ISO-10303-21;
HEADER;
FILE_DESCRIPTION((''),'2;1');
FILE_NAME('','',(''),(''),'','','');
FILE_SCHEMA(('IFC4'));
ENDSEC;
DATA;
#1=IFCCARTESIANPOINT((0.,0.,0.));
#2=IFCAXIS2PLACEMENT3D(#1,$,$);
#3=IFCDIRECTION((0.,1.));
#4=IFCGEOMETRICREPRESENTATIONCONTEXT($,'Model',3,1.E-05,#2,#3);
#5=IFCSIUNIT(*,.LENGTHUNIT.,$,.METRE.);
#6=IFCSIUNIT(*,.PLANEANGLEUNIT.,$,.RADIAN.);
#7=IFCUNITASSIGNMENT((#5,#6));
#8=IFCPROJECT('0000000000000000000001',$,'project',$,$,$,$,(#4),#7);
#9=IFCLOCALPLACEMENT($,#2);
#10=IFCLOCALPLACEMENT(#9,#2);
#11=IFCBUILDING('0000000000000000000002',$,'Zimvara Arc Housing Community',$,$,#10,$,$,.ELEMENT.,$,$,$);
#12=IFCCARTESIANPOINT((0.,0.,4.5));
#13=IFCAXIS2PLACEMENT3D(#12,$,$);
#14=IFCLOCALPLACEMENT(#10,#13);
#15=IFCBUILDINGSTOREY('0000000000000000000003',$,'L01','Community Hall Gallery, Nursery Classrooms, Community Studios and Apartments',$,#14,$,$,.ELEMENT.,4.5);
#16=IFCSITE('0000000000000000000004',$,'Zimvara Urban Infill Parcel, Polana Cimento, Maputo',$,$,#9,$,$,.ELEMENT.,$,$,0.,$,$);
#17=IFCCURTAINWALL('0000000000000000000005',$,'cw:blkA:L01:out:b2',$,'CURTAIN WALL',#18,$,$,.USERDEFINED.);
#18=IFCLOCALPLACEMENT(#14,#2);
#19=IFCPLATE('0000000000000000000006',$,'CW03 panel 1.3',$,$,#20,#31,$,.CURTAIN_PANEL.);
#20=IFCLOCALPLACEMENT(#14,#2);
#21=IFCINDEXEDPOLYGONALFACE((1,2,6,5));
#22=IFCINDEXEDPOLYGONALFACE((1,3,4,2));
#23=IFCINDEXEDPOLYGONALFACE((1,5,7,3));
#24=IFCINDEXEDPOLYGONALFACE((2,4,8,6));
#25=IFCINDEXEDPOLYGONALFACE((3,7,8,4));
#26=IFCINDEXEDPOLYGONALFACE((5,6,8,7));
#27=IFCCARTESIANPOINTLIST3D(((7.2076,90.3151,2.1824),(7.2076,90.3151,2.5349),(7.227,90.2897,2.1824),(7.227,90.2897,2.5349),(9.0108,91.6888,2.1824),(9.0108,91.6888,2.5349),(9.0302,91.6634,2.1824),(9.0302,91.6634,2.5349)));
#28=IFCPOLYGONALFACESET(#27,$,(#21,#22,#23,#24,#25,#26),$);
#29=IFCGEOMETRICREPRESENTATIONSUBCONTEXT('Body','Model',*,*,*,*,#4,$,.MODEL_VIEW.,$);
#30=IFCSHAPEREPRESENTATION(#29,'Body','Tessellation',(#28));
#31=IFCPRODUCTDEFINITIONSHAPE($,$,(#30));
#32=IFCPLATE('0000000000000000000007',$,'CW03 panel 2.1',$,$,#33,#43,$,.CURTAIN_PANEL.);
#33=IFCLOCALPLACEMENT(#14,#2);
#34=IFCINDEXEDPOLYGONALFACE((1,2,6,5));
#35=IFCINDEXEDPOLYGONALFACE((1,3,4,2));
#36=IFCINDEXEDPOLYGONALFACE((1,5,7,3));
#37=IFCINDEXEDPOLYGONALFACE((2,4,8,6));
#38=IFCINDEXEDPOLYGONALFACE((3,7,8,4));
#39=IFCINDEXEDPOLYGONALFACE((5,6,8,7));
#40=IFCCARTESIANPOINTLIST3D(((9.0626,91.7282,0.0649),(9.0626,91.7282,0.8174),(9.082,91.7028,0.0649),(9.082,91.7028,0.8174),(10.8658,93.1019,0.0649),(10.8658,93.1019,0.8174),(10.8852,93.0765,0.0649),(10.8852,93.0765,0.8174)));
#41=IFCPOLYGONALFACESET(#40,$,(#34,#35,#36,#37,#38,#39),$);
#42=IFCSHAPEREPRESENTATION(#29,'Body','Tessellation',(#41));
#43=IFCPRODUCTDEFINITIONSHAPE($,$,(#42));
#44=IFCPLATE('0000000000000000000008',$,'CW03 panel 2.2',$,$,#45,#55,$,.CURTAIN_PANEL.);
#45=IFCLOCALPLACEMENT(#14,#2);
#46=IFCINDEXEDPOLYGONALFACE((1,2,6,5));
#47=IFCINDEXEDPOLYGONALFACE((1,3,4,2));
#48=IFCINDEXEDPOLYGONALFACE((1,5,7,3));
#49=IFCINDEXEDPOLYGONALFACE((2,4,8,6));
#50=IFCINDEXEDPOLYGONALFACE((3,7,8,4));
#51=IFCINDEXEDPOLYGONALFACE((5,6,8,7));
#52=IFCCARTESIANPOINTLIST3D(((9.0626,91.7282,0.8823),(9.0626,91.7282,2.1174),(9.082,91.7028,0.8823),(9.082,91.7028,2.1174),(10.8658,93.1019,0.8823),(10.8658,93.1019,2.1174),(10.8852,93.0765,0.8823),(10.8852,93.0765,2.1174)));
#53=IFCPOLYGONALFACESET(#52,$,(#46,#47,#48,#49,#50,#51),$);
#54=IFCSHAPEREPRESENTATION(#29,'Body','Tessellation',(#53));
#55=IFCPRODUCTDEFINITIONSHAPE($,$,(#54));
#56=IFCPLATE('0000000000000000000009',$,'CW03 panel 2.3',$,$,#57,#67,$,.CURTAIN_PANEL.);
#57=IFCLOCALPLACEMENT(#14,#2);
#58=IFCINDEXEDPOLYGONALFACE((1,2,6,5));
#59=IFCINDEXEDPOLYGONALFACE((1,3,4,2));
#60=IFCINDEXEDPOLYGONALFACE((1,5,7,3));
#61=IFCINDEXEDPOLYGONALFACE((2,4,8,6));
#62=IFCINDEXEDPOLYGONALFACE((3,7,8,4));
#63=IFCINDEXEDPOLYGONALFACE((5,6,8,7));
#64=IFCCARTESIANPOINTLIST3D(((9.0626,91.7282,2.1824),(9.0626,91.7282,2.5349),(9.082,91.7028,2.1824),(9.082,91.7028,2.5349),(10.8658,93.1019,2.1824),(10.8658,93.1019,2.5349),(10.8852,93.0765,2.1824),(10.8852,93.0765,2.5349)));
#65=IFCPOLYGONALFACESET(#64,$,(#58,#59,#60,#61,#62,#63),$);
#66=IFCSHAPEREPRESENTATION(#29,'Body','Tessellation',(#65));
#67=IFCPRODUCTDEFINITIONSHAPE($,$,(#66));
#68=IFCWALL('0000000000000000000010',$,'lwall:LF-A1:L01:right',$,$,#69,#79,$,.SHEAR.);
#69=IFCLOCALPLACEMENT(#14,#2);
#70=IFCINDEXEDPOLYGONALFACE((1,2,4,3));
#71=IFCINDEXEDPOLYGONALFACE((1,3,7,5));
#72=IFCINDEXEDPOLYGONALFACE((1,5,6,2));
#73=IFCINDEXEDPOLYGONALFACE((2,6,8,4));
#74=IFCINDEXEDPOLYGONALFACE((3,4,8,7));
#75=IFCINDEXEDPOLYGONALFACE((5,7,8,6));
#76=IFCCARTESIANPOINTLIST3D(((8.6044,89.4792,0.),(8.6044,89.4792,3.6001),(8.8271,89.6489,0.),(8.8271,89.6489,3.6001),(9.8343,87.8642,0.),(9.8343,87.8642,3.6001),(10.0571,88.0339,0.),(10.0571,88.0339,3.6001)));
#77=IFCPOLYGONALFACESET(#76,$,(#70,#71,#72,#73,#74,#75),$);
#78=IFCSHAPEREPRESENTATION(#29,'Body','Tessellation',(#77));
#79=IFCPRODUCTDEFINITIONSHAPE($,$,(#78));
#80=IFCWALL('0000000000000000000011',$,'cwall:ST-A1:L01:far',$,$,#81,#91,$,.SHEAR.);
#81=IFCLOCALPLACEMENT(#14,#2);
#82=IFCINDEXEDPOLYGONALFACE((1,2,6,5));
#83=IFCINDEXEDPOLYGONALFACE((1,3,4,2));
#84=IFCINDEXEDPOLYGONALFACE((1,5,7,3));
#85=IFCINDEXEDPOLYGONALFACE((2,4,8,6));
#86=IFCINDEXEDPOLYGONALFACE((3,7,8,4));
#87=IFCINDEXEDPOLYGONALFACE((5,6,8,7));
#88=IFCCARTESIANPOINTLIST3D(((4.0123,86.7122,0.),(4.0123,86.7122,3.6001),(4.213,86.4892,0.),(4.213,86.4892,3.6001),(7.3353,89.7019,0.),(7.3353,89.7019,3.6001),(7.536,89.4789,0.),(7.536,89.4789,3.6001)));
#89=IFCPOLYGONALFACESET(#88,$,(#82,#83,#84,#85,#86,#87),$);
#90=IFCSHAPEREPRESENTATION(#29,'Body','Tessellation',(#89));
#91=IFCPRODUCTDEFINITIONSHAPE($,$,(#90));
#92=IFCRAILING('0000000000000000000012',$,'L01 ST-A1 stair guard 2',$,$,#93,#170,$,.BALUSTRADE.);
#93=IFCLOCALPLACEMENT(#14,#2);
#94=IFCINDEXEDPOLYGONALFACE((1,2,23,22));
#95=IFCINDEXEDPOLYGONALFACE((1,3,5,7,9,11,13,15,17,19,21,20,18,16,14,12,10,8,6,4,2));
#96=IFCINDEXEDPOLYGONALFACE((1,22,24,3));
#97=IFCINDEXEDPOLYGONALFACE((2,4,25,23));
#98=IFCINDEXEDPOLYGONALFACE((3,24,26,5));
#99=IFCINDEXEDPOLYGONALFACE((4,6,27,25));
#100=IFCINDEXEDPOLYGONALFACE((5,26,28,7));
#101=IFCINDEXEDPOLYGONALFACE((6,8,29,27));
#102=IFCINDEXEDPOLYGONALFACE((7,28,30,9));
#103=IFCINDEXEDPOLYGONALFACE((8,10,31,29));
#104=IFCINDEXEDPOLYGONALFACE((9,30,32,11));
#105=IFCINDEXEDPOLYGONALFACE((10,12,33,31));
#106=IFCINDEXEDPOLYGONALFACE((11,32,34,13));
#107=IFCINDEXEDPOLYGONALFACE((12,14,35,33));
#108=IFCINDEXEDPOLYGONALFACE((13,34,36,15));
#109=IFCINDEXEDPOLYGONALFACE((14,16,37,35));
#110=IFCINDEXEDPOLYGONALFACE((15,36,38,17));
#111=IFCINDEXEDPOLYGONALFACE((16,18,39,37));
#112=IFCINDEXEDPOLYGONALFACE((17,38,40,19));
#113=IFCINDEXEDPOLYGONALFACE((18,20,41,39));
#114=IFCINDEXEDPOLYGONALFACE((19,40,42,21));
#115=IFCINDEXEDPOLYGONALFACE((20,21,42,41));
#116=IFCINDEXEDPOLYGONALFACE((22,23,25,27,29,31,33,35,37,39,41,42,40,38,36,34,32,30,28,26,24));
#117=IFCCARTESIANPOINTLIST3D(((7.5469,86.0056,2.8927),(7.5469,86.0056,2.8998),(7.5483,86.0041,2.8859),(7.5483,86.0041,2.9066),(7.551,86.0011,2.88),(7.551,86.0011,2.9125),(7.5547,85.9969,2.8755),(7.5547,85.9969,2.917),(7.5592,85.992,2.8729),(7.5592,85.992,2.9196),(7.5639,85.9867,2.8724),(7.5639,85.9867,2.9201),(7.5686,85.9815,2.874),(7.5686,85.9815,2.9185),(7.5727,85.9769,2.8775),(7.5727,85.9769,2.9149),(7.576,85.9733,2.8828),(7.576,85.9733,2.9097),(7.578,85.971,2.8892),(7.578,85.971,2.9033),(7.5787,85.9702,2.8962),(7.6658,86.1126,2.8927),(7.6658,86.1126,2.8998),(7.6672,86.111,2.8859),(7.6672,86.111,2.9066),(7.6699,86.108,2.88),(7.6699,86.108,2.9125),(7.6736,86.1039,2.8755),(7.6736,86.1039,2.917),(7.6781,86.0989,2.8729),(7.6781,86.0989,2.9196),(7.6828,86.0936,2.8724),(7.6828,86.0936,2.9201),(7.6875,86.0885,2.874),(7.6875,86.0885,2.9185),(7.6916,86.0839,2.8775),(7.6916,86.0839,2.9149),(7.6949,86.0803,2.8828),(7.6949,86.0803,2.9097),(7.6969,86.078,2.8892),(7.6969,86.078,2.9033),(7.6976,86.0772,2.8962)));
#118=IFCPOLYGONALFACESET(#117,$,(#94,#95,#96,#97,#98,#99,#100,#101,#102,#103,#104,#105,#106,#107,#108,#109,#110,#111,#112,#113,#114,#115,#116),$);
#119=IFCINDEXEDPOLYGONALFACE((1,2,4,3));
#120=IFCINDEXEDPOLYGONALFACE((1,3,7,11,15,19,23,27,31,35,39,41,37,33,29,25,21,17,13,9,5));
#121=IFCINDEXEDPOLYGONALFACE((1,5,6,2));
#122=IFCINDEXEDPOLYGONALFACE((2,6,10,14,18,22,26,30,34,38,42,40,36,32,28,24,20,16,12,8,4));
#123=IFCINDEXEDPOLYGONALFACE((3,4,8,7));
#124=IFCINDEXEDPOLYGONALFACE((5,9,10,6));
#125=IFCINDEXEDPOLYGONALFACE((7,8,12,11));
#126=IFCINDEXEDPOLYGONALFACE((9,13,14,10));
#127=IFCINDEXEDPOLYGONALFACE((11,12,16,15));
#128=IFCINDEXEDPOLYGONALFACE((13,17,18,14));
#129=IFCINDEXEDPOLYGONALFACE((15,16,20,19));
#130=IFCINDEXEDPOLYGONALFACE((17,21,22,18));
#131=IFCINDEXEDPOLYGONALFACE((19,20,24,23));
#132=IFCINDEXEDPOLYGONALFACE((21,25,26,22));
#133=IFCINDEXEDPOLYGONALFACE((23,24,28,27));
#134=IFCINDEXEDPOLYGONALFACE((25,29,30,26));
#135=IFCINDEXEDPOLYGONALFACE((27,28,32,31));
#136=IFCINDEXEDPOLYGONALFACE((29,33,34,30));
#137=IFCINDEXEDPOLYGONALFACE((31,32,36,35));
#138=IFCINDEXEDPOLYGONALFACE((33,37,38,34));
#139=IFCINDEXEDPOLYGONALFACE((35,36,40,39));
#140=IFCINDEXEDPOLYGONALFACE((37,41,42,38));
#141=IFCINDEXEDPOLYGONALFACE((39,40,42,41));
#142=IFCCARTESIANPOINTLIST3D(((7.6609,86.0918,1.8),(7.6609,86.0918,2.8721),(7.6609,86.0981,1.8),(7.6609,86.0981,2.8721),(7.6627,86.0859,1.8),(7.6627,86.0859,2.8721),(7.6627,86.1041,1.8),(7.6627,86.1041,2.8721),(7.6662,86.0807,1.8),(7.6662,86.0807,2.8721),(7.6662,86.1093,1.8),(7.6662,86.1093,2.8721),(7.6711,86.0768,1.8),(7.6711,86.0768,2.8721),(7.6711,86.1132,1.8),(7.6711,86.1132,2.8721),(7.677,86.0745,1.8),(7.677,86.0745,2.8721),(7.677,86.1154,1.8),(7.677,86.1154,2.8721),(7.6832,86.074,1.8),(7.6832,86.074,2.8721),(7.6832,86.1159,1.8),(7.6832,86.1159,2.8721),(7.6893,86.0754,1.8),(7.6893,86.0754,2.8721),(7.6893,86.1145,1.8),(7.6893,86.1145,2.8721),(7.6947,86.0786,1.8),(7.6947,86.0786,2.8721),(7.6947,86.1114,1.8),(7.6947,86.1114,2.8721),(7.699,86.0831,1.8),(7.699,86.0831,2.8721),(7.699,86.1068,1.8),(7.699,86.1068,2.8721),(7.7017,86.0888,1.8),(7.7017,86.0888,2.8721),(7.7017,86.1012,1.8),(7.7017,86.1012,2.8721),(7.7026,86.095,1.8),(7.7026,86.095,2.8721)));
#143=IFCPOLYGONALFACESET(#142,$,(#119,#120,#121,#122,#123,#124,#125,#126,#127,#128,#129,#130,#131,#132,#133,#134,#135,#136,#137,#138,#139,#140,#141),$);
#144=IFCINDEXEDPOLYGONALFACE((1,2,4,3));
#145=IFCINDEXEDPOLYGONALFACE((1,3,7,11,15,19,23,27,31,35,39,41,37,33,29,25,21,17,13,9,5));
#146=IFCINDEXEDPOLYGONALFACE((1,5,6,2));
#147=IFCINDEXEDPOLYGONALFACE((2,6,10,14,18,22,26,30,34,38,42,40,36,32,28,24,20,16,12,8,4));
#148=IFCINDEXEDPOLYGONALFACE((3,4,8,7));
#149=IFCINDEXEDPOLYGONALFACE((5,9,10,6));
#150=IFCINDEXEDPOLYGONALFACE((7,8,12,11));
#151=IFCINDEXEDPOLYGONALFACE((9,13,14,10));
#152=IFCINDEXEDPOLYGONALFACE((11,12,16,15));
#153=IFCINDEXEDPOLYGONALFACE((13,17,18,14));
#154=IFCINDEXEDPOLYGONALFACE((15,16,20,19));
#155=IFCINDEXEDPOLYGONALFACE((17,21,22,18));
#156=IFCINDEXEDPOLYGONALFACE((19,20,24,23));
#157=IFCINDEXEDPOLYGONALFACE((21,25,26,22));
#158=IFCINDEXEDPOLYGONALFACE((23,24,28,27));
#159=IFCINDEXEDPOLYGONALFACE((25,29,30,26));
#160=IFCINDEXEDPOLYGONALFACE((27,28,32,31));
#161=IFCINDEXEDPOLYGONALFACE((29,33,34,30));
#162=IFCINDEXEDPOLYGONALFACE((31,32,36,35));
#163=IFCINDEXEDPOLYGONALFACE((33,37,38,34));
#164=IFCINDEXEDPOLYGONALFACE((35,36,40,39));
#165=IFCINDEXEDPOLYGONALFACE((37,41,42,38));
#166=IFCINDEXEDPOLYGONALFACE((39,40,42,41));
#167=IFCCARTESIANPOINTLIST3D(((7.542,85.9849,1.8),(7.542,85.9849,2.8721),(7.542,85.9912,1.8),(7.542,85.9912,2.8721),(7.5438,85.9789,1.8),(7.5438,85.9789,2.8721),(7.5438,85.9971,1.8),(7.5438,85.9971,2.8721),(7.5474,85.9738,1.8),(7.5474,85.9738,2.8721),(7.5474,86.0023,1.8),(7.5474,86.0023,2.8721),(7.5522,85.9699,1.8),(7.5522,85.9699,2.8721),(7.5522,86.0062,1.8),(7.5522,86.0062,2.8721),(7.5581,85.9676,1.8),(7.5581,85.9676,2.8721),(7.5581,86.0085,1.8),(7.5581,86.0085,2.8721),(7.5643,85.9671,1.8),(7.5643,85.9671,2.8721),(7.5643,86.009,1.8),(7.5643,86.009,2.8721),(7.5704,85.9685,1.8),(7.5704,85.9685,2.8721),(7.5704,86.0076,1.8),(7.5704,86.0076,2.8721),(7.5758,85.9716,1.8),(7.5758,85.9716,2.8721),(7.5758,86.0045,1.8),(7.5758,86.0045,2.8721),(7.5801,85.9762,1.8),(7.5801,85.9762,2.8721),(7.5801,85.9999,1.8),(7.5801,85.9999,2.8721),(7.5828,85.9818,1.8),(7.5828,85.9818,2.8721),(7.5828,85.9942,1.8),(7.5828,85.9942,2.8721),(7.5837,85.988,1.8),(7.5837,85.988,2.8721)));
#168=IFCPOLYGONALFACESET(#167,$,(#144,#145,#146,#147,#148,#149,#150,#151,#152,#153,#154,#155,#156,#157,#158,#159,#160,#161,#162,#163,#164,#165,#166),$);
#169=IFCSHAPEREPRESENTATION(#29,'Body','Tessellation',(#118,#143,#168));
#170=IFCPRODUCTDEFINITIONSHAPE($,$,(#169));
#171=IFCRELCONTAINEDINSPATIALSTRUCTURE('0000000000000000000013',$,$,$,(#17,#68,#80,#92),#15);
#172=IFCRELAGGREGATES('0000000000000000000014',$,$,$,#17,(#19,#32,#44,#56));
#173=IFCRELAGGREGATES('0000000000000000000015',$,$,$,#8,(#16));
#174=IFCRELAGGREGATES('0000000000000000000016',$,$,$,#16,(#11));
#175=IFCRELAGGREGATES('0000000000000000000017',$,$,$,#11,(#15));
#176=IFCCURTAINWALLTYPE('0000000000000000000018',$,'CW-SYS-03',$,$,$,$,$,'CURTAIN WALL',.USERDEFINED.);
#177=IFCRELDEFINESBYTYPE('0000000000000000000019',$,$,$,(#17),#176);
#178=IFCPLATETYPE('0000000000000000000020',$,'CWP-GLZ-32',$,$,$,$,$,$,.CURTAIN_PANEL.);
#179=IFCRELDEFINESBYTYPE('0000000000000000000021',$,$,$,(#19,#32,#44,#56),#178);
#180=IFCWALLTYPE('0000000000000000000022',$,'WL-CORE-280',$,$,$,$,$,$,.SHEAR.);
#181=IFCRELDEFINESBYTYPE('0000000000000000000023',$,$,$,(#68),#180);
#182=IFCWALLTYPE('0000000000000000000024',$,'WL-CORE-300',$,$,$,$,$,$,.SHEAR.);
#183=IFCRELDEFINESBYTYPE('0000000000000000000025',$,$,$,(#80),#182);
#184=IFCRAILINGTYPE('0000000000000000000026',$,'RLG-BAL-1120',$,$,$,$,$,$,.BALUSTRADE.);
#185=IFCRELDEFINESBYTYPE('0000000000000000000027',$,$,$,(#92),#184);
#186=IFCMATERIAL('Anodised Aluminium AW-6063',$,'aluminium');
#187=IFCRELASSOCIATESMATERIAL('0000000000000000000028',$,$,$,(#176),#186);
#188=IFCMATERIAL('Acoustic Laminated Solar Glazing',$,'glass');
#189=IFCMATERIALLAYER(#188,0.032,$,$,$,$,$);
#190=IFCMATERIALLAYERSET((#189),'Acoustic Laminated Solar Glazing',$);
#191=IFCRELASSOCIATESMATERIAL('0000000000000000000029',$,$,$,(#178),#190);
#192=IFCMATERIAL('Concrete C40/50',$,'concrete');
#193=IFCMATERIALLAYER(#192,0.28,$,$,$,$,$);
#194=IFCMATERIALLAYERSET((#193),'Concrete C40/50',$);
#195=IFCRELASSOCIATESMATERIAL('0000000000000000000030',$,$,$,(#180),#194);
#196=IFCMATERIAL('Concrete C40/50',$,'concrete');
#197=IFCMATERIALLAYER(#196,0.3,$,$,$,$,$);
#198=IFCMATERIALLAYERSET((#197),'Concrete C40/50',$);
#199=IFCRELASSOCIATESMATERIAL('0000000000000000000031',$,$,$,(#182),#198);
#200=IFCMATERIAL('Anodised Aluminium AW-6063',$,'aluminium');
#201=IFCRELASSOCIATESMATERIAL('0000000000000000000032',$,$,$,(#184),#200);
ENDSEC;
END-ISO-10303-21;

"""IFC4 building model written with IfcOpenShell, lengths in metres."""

from ifc_helpers import new_model, si_unit, direction, frame, frame_2d, origin, origin_2d, place, context, subcontext, project, spatial, rectangle, circle, extrude, material, layer, layer_set, type_object, element, aggregate, save


model = new_model("IFC4")

# Units and contexts
model_context = context("Model", 3, precision=1e-05, world=origin(), true_north=direction((0.0, 1.0)))
body_context = subcontext(model_context, "Body", "Model", "MODEL_VIEW")
ifc_project = project(units=[si_unit("LENGTHUNIT", "METRE"), si_unit("PLANEANGLEUNIT", "RADIAN")], contexts=[model_context])

# Site, building, storey
site_placement = place(None, origin())
site = spatial("IfcSite", under=ifc_project, at=site_placement, Name="Zimvara Urban Infill Parcel, Polana Cimento, Maputo", CompositionType="ELEMENT", RefElevation=0.0)
building_placement = place(site_placement, origin())
building = spatial("IfcBuilding", under=site, at=building_placement, Name="Zimvara Arc Housing Community", CompositionType="ELEMENT")
storey_placement = place(building_placement, frame((0.0, 0.0, 4.5)))
storey = spatial("IfcBuildingStorey", under=building, at=storey_placement, Name="L01", Description="Community Hall Gallery, Nursery Classrooms, Community Studios and Apartments", CompositionType="ELEMENT", Elevation=4.5)

# Curtain wall, plates
ifc_material_1 = material(Name="Anodised Aluminium AW-6063", Category="aluminium")
curtain_wall_type = type_object("IfcCurtainWallType", Name="CW-SYS-03", ElementType="CURTAIN WALL", PredefinedType="USERDEFINED", material=ifc_material_1)
curtain_wall_placement = place(storey_placement, origin())
curtain_wall = element("IfcCurtainWall", 1, at=curtain_wall_placement, inside=storey, type_object=curtain_wall_type, Name="cw:blkA:L01:out:b2", ObjectType="CURTAIN WALL", PredefinedType="USERDEFINED")
ifc_material_2 = material(Name="Acoustic Laminated Solar Glazing", Category="glass")
ifc_layer_1 = layer(ifc_material_2, 0.032)
ifc_layer_set_1 = layer_set([ifc_layer_1], Name="Acoustic Laminated Solar Glazing")
plate_type = type_object("IfcPlateType", Name="CWP-GLZ-32", PredefinedType="CURTAIN_PANEL", material=ifc_layer_set_1)
plate_1_placement = place(storey_placement, frame((8.1189, 90.9893, 2.1824), z_axis=(0.0, 0.0, 1.0), x_axis=(0.795474, 0.605988, 0.0)))
plate_1 = element("IfcPlate", 2, at=plate_1_placement, type_object=plate_type, Name="CW03 panel 1.3", PredefinedType="CURTAIN_PANEL", context=body_context, shape_type="SweptSolid", body=[
    extrude(rectangle(XDim=2.2668, YDim=0.032, at=origin_2d()), origin(), (0.0, 0.0, 1.0), 0.3525),
])
plate_2_placement = place(storey_placement, frame((9.9739, 92.4023, 0.0649), z_axis=(0.0, 0.0, 1.0), x_axis=(0.795474, 0.605988, 0.0)))
plate_2 = element("IfcPlate", 3, at=plate_2_placement, type_object=plate_type, Name="CW03 panel 2.1", PredefinedType="CURTAIN_PANEL", context=body_context, shape_type="SweptSolid", body=[
    extrude(rectangle(XDim=2.2668, YDim=0.032, at=origin_2d()), origin(), (0.0, 0.0, 1.0), 0.7524),
])
plate_3_placement = place(storey_placement, frame((9.9739, 92.4023, 0.8823), z_axis=(0.0, 0.0, 1.0), x_axis=(0.795474, 0.605988, 0.0)))
plate_3 = element("IfcPlate", 4, at=plate_3_placement, type_object=plate_type, Name="CW03 panel 2.2", PredefinedType="CURTAIN_PANEL", context=body_context, shape_type="SweptSolid", body=[
    extrude(rectangle(XDim=2.2668, YDim=0.032, at=origin_2d()), origin(), (0.0, 0.0, 1.0), 1.2351),
])
plate_4_placement = place(storey_placement, frame((9.9739, 92.4023, 2.1824), z_axis=(0.0, 0.0, 1.0), x_axis=(0.795474, 0.605988, 0.0)))
plate_4 = element("IfcPlate", 5, at=plate_4_placement, type_object=plate_type, Name="CW03 panel 2.3", PredefinedType="CURTAIN_PANEL", context=body_context, shape_type="SweptSolid", body=[
    extrude(rectangle(XDim=2.2668, YDim=0.032, at=origin_2d()), origin(), (0.0, 0.0, 1.0), 0.3525),
])
aggregate(curtain_wall, [plate_1, plate_2, plate_3, plate_4])

# Walls
ifc_material_3 = material(Name="Concrete C40/50", Category="concrete")
ifc_layer_2 = layer(ifc_material_3, 0.28)
ifc_layer_set_2 = layer_set([ifc_layer_2], Name="Concrete C40/50")
wall_type_1 = type_object("IfcWallType", Name="WL-CORE-280", PredefinedType="SHEAR", material=ifc_layer_set_2)
wall_1_placement = place(storey_placement, frame((9.9458, 87.949, 0.0), z_axis=(0.0, 0.0, 1.0), x_axis=(-0.605891, 0.795548, 0.0)))
element("IfcWall", 6, at=wall_1_placement, inside=storey, type_object=wall_type_1, Name="lwall:LF-A1:L01:right", PredefinedType="SHEAR", context=body_context, shape_type="SweptSolid", body=[
    extrude(rectangle(XDim=2.03, YDim=0.28, at=frame_2d((1.0151, 0.0))), origin(), (0.0, 0.0, 1.0), 3.6001),
])
ifc_material_4 = material(Name="Concrete C40/50", Category="concrete")
ifc_layer_3 = layer(ifc_material_4, 0.3)
ifc_layer_set_3 = layer_set([ifc_layer_3], Name="Concrete C40/50")
wall_type_2 = type_object("IfcWallType", Name="WL-CORE-300", PredefinedType="SHEAR", material=ifc_layer_set_3)
wall_2_placement = place(storey_placement, frame((7.4355, 89.5903, 0.0), z_axis=(0.0, 0.0, 1.0), x_axis=(-0.7434, -0.668847, 0.0)))
element("IfcWall", 7, at=wall_2_placement, inside=storey, type_object=wall_type_2, Name="cwall:ST-A1:L01:far", PredefinedType="SHEAR", context=body_context, shape_type="SweptSolid", body=[
    extrude(rectangle(XDim=4.47, YDim=0.3, at=frame_2d((2.2349, 0.0))), origin(), (0.0, 0.0, 1.0), 3.6001),
])

# Railing
ifc_material_5 = material(Name="Anodised Aluminium AW-6063", Category="aluminium")
railing_type = type_object("IfcRailingType", Name="RLG-BAL-1120", PredefinedType="BALUSTRADE", material=ifc_material_5)
railing_1_placement = place(storey_placement, frame((7.6816, 86.095, 1.8)))
element("IfcRailing", 8, at=railing_1_placement, inside=storey, type_object=railing_type, Name="L01 ST-A1 stair guard 2", PredefinedType="BALUSTRADE", context=body_context, shape_type="SweptSolid", body=[
    extrude(circle(Radius=0.0239, at=origin_2d()), frame((0.0, 0.0, 1.0962), z_axis=(-0.743522, -0.668712, 0.0), x_axis=(0.668712, -0.743522, 0.0)), (0.0, 0.0, 1.0), 0.1599),
    extrude(circle(Radius=0.021, at=origin_2d()), origin(), (0.0, 0.0, 1.0), 1.072),
    extrude(circle(Radius=0.021, at=origin_2d()), frame((-0.1189, -0.1069, 0.0)), (0.0, 0.0, 1.0), 1.072),
])

save(model, "model.ifc")
